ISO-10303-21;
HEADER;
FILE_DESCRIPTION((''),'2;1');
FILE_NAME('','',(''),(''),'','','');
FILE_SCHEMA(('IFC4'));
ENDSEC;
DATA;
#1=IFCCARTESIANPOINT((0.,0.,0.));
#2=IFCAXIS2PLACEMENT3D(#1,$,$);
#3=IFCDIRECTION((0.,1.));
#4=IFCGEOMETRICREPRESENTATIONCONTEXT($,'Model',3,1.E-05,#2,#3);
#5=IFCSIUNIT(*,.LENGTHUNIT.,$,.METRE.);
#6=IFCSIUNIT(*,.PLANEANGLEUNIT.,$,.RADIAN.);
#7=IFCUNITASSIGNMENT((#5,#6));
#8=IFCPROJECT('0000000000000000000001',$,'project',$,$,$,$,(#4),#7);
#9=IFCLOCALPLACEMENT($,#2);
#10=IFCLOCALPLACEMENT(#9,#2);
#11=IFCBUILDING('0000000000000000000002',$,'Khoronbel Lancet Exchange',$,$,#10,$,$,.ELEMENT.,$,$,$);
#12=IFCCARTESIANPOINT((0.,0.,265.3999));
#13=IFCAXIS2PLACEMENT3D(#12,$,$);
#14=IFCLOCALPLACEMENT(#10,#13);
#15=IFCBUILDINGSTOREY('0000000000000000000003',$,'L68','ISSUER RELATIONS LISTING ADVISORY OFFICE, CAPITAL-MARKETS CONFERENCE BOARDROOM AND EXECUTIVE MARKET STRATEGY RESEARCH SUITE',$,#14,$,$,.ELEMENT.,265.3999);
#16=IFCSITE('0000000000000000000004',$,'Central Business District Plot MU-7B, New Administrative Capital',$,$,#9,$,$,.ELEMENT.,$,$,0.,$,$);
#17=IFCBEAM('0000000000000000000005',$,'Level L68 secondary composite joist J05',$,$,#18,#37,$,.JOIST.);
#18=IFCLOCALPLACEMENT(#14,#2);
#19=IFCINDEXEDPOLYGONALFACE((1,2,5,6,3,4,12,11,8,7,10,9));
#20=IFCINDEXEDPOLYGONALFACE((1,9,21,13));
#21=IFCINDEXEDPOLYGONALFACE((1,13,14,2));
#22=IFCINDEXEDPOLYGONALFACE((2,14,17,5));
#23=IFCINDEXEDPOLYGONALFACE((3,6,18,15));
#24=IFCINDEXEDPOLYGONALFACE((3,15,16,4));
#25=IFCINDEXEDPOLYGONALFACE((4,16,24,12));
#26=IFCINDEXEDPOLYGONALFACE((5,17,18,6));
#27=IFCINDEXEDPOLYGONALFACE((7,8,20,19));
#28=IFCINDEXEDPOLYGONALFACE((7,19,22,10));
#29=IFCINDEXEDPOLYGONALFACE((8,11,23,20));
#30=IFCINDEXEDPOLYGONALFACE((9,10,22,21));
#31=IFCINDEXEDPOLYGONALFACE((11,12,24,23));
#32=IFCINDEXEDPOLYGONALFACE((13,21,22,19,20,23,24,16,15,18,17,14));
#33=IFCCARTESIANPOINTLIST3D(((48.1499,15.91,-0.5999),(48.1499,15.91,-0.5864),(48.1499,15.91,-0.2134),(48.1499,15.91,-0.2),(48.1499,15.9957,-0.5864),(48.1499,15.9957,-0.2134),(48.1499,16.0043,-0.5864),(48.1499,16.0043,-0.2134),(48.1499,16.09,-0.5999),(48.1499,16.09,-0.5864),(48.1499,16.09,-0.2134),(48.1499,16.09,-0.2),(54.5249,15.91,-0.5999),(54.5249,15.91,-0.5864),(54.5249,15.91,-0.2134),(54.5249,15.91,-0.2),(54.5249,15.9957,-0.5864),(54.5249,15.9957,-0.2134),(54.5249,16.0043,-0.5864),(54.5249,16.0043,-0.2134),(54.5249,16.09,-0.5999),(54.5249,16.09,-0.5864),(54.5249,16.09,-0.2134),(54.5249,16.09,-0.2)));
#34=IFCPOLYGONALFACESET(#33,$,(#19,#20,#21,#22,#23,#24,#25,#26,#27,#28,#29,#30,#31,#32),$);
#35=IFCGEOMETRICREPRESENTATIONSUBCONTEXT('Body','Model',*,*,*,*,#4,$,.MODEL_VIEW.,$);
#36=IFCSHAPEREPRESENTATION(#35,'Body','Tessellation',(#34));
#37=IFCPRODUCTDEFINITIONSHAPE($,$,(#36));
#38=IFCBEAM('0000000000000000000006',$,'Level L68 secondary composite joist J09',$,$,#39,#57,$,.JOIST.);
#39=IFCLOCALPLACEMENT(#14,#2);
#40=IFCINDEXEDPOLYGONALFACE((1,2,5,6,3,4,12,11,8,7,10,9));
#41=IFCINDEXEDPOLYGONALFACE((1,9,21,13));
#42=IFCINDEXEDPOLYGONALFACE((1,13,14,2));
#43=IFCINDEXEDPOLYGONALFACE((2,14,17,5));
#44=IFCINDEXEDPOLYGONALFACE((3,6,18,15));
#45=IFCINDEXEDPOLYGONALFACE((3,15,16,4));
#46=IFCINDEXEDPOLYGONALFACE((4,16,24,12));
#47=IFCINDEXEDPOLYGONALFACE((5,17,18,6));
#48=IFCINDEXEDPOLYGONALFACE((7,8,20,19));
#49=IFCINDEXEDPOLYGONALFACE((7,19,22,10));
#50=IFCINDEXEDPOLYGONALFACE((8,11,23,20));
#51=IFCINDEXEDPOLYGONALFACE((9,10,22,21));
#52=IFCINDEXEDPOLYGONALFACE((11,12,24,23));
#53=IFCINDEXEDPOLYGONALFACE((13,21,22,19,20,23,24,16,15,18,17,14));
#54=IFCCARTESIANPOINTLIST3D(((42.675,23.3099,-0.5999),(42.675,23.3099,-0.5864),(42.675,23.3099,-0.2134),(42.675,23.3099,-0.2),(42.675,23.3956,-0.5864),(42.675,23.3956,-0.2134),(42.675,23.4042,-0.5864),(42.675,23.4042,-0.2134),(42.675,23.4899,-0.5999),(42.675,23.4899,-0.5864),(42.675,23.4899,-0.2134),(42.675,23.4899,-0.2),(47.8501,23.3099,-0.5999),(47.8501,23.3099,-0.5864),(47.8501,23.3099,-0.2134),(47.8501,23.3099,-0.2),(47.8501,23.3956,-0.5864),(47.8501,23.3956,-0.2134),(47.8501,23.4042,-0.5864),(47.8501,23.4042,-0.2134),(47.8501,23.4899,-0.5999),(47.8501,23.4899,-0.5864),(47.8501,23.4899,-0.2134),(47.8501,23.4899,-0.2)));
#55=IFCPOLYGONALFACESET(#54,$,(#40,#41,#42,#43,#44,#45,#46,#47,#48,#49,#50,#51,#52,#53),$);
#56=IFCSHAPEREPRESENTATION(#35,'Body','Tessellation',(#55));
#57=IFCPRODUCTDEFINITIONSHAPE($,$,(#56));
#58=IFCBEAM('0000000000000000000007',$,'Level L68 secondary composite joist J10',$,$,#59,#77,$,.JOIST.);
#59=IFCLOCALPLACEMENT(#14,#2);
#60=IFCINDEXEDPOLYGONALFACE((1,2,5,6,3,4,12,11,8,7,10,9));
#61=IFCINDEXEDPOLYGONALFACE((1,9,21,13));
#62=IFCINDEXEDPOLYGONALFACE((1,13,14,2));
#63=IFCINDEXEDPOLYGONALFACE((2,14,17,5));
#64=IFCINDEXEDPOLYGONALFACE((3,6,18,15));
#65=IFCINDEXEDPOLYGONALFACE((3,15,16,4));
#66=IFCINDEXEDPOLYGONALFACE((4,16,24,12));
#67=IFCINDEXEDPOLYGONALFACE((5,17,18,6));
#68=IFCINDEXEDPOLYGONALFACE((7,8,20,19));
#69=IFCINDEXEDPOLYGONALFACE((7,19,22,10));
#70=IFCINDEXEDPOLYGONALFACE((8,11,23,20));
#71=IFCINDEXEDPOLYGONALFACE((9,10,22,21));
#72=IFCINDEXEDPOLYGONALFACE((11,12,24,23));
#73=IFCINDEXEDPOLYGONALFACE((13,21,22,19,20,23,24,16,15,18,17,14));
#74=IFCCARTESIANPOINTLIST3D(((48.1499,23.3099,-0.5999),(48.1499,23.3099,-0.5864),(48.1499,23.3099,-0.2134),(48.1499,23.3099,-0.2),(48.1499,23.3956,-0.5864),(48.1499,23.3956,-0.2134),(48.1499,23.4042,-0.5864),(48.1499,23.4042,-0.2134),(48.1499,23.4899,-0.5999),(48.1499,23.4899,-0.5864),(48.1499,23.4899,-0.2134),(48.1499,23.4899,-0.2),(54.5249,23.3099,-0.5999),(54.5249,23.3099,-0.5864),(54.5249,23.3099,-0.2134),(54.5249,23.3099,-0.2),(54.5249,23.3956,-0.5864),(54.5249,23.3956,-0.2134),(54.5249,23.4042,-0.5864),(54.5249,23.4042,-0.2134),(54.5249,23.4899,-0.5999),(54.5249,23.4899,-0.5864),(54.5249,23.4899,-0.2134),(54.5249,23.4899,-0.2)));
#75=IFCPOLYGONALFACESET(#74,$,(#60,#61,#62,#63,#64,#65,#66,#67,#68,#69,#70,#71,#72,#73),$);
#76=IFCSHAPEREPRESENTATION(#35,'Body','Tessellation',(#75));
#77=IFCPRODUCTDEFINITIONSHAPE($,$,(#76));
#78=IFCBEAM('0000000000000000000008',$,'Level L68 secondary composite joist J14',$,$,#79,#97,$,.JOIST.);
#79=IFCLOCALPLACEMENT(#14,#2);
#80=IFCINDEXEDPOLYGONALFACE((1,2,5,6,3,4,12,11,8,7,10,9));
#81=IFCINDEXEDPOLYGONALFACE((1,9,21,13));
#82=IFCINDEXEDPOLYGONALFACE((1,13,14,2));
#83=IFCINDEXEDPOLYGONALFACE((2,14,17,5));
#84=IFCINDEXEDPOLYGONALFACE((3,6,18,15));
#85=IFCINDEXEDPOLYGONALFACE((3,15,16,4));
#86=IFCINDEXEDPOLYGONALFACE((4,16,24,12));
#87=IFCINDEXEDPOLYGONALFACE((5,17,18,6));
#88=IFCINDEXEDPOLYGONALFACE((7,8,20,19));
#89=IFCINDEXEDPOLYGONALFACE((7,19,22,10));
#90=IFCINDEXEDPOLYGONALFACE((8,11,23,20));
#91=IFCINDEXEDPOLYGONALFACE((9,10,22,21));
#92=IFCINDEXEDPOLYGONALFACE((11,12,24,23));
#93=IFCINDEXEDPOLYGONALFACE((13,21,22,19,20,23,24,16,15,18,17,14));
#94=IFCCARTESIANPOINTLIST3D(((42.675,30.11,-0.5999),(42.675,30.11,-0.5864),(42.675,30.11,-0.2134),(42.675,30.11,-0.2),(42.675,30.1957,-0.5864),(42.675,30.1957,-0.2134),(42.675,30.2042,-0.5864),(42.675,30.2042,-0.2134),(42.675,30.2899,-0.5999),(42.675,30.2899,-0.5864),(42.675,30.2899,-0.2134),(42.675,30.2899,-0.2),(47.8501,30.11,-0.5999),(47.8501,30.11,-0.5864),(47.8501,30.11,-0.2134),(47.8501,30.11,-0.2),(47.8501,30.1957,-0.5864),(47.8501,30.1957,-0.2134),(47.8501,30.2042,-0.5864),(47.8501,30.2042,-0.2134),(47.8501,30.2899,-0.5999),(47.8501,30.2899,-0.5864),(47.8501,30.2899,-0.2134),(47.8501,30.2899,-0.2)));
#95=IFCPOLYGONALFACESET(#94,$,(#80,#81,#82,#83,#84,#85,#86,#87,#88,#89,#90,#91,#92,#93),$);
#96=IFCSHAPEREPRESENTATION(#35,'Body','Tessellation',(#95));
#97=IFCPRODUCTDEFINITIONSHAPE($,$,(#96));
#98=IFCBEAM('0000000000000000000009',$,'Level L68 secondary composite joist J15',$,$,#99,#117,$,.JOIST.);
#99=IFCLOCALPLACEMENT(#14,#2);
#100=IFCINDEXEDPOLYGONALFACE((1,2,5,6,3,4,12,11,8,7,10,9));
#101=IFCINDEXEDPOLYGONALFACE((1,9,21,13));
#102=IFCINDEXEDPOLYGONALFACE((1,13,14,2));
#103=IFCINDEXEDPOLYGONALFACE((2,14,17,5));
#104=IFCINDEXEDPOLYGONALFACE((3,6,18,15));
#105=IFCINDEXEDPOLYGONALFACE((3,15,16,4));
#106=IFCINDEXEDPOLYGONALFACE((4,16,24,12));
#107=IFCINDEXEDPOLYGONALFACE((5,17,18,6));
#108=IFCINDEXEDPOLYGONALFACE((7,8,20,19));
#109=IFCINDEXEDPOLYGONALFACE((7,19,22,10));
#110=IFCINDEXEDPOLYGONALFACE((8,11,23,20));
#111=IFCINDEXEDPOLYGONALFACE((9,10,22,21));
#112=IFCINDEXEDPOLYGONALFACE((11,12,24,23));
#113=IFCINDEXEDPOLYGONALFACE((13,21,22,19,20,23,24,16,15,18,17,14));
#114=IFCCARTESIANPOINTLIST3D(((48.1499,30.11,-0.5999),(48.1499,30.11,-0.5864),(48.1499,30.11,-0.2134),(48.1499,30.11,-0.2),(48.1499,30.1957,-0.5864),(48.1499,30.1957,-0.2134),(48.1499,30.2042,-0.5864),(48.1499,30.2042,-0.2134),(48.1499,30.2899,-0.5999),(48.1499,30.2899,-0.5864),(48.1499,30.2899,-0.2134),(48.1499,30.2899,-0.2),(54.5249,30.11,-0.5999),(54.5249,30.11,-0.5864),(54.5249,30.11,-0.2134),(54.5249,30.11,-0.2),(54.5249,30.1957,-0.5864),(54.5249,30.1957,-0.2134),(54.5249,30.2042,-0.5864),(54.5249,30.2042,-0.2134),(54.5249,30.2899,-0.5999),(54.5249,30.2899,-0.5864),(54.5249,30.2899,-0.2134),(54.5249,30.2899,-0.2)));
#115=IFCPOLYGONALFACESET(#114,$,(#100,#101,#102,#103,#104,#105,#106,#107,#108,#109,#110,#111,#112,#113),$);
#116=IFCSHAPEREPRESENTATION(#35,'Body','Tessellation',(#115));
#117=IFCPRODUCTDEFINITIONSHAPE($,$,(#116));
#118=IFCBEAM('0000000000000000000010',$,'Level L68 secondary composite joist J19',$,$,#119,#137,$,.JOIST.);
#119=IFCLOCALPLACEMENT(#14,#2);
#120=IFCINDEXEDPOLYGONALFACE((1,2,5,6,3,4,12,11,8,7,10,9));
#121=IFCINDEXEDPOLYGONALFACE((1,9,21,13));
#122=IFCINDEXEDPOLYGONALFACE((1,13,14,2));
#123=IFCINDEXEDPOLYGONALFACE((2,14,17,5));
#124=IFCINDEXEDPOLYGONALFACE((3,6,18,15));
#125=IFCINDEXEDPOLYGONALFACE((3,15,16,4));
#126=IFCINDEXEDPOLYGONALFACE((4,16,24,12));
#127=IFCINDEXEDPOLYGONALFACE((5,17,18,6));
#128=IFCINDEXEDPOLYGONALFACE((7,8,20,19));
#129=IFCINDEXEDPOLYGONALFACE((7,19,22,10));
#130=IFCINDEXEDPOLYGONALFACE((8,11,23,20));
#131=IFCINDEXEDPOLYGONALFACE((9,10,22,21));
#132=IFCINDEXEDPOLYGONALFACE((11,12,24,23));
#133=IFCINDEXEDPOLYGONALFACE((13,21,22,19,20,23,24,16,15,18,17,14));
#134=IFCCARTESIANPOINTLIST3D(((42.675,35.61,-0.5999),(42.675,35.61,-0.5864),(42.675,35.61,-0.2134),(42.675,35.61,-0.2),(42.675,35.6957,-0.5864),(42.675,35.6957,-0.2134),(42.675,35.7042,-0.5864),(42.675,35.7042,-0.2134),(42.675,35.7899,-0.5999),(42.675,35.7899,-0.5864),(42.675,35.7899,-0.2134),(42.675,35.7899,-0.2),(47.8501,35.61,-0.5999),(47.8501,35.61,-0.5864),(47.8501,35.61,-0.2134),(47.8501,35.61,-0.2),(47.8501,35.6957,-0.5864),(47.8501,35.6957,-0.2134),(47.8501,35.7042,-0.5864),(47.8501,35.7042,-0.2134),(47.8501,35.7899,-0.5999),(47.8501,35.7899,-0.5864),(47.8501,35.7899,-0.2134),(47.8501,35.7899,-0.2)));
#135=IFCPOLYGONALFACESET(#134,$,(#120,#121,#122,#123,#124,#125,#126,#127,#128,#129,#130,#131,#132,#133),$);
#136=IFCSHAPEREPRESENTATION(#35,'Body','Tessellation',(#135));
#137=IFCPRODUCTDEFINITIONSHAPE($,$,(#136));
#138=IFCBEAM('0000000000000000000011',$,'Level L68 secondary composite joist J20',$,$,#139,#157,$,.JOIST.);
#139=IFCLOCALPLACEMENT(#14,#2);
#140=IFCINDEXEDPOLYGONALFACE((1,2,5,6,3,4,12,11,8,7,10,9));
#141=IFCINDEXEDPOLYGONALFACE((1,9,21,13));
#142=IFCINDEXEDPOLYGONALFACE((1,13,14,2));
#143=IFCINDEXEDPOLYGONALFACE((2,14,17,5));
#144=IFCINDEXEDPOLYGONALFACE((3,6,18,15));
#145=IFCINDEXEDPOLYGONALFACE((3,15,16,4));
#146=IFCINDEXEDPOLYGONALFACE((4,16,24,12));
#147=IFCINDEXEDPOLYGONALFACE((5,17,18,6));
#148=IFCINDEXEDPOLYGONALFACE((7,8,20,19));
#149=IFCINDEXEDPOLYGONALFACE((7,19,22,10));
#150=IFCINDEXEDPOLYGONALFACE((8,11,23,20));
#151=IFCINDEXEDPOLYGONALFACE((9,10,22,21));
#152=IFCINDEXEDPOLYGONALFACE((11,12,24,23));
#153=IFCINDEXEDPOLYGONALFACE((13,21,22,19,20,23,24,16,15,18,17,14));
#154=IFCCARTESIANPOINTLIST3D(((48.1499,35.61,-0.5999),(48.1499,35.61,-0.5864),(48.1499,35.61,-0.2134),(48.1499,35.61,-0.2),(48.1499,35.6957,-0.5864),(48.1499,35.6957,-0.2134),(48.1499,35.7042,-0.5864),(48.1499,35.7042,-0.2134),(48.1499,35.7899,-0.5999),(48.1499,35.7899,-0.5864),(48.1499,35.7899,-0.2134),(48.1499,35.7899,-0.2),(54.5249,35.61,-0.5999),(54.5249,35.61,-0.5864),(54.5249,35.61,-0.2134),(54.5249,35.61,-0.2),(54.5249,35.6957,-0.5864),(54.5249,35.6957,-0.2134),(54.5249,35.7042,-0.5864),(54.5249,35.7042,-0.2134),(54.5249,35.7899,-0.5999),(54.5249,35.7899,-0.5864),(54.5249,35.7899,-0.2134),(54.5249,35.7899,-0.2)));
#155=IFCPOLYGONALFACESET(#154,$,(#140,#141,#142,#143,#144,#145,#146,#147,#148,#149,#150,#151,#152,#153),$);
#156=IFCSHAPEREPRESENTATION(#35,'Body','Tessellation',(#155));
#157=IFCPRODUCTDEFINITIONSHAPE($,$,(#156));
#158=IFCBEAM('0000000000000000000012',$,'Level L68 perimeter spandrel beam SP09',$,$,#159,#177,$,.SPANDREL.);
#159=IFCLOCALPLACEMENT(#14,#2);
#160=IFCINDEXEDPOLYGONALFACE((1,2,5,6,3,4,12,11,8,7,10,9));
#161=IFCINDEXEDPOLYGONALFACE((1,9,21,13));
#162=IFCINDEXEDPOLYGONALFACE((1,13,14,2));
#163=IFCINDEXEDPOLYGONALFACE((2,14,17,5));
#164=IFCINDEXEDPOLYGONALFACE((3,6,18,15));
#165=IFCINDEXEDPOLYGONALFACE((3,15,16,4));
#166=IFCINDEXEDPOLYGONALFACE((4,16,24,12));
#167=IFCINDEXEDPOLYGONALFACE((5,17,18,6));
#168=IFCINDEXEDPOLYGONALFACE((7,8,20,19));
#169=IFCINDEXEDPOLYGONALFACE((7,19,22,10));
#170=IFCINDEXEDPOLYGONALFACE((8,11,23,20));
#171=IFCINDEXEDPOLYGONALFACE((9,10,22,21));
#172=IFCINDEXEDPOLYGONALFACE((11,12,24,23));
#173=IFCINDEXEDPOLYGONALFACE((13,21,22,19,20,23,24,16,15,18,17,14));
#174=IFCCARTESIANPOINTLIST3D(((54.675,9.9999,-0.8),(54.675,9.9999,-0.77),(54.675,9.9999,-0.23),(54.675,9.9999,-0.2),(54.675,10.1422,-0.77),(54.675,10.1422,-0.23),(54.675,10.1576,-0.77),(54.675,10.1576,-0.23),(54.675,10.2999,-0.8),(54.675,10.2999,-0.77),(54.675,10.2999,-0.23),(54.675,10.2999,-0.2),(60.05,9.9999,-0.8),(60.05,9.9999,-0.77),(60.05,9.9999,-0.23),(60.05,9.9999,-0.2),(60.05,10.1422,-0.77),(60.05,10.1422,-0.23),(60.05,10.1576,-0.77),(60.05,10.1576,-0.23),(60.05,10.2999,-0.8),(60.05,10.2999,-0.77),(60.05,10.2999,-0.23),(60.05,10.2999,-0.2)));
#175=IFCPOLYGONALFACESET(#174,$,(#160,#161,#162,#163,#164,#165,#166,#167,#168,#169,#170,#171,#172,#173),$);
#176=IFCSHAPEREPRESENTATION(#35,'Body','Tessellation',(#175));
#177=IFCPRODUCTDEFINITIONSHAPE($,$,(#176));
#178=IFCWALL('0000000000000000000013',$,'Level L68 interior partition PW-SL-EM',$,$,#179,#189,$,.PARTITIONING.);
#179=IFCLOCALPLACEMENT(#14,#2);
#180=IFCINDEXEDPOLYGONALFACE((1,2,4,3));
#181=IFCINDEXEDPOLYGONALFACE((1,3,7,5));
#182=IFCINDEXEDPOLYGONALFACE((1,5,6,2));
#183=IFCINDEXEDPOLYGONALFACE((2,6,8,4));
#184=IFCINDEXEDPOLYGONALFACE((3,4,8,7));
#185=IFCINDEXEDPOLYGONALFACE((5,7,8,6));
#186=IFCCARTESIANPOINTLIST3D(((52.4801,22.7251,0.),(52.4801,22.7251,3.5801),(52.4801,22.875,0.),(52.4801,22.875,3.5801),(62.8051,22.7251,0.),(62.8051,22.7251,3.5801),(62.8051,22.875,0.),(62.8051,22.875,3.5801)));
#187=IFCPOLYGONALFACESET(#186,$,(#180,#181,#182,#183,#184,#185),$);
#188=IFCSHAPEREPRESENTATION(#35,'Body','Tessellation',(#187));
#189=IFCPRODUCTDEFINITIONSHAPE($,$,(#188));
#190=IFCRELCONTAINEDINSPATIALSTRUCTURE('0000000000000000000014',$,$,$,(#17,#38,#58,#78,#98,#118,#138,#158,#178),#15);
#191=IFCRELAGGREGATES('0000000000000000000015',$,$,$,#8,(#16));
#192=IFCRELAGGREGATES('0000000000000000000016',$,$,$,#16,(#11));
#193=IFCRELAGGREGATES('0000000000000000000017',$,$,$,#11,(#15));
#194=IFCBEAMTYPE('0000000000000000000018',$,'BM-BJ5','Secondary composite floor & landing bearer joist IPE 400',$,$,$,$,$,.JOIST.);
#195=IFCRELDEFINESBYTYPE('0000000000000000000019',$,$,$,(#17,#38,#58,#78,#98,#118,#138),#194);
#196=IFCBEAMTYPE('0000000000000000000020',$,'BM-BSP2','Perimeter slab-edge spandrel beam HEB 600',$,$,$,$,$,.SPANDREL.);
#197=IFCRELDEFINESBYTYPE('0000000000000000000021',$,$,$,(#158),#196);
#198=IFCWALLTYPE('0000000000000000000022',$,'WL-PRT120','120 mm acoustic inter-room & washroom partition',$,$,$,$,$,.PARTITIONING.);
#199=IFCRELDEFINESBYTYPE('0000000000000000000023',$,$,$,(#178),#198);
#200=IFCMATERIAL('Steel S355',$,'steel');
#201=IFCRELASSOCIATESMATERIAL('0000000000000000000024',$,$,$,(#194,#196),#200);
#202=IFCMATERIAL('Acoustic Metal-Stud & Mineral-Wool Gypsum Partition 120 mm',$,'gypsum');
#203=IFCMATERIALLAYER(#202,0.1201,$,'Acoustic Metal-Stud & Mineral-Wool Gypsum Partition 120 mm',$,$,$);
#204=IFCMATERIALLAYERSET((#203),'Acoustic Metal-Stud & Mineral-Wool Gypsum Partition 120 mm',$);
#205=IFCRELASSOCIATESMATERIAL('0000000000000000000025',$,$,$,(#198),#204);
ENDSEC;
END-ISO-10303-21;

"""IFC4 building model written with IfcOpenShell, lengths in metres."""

from ifc_helpers import new_model, si_unit, direction, frame, frame_2d, origin, origin_2d, place, context, subcontext, project, spatial, rectangle, i_section, extrude, material, layer, layer_set, material_profile, profile_set, type_object, element, save


model = new_model("IFC4")

# Units and contexts
model_context = context("Model", 3, precision=1e-05, world=origin(), true_north=direction((0.0, 1.0)))
body_context = subcontext(model_context, "Body", "Model", "MODEL_VIEW")
ifc_project = project(units=[si_unit("LENGTHUNIT", "METRE"), si_unit("PLANEANGLEUNIT", "RADIAN")], contexts=[model_context])

# Site, building, storey
site_placement = place(None, origin())
site = spatial("IfcSite", under=ifc_project, at=site_placement, Name="Central Business District Plot MU-7B, New Administrative Capital", CompositionType="ELEMENT", RefElevation=0.0)
building_placement = place(site_placement, origin())
building = spatial("IfcBuilding", under=site, at=building_placement, Name="Khoronbel Lancet Exchange", CompositionType="ELEMENT")
storey_placement = place(building_placement, frame((0.0, 0.0, 265.3999)))
storey = spatial("IfcBuildingStorey", under=building, at=storey_placement, Name="L68", Description="ISSUER RELATIONS LISTING ADVISORY OFFICE, CAPITAL-MARKETS CONFERENCE BOARDROOM AND EXECUTIVE MARKET STRATEGY RESEARCH SUITE", CompositionType="ELEMENT", Elevation=265.3999)

# Shared definitions
ifc_material_1 = material(Name="Steel S355", Category="steel")

# Beams
ifc_material_profile_1 = material_profile(ifc_material_1, i_section(OverallWidth=0.1799, OverallDepth=0.3999, WebThickness=0.0085, FlangeThickness=0.0134, at=origin_2d()), Name="IPE 400")
ifc_profile_set_1 = profile_set([ifc_material_profile_1], Name="Steel S355")
beam_type_1 = type_object("IfcBeamType", Name="BM-BJ5", Description="Secondary composite floor & landing bearer joist IPE 400", PredefinedType="JOIST", material=ifc_profile_set_1)
beam_1_placement = place(storey_placement, frame((48.1499, 16.0, -0.3999), z_axis=(1.0, 0.0, 0.0), x_axis=(0.0, 1.0, 0.0)))
element("IfcBeam", 1, at=beam_1_placement, inside=storey, type_object=beam_type_1, Name="Level L68 secondary composite joist J05", PredefinedType="JOIST", context=body_context, shape_type="SweptSolid", body=[
    extrude(i_section(OverallWidth=0.1799, OverallDepth=0.3999, WebThickness=0.0085, FlangeThickness=0.0134, at=origin_2d()), origin(), (0.0, 0.0, 1.0), 6.375),
])
beam_2_placement = place(storey_placement, frame((42.675, 23.3999, -0.3999), z_axis=(1.0, 0.0, 0.0), x_axis=(0.0, 1.0, 0.0)))
element("IfcBeam", 2, at=beam_2_placement, inside=storey, type_object=beam_type_1, Name="Level L68 secondary composite joist J09", PredefinedType="JOIST", context=body_context, shape_type="SweptSolid", body=[
    extrude(i_section(OverallWidth=0.1799, OverallDepth=0.3999, WebThickness=0.0085, FlangeThickness=0.0134, at=origin_2d()), origin(), (0.0, 0.0, 1.0), 5.175),
])
beam_3_placement = place(storey_placement, frame((48.1499, 23.3999, -0.3999), z_axis=(1.0, 0.0, 0.0), x_axis=(0.0, 1.0, 0.0)))
element("IfcBeam", 3, at=beam_3_placement, inside=storey, type_object=beam_type_1, Name="Level L68 secondary composite joist J10", PredefinedType="JOIST", context=body_context, shape_type="SweptSolid", body=[
    extrude(i_section(OverallWidth=0.1799, OverallDepth=0.3999, WebThickness=0.0085, FlangeThickness=0.0134, at=origin_2d()), origin(), (0.0, 0.0, 1.0), 6.375),
])
beam_4_placement = place(storey_placement, frame((42.675, 30.2, -0.3999), z_axis=(1.0, 0.0, 0.0), x_axis=(0.0, 1.0, 0.0)))
element("IfcBeam", 4, at=beam_4_placement, inside=storey, type_object=beam_type_1, Name="Level L68 secondary composite joist J14", PredefinedType="JOIST", context=body_context, shape_type="SweptSolid", body=[
    extrude(i_section(OverallWidth=0.1799, OverallDepth=0.3999, WebThickness=0.0085, FlangeThickness=0.0134, at=origin_2d()), origin(), (0.0, 0.0, 1.0), 5.175),
])
beam_5_placement = place(storey_placement, frame((48.1499, 30.2, -0.3999), z_axis=(1.0, 0.0, 0.0), x_axis=(0.0, 1.0, 0.0)))
element("IfcBeam", 5, at=beam_5_placement, inside=storey, type_object=beam_type_1, Name="Level L68 secondary composite joist J15", PredefinedType="JOIST", context=body_context, shape_type="SweptSolid", body=[
    extrude(i_section(OverallWidth=0.1799, OverallDepth=0.3999, WebThickness=0.0085, FlangeThickness=0.0134, at=origin_2d()), origin(), (0.0, 0.0, 1.0), 6.375),
])
beam_6_placement = place(storey_placement, frame((42.675, 35.7, -0.3999), z_axis=(1.0, 0.0, 0.0), x_axis=(0.0, 1.0, 0.0)))
element("IfcBeam", 6, at=beam_6_placement, inside=storey, type_object=beam_type_1, Name="Level L68 secondary composite joist J19", PredefinedType="JOIST", context=body_context, shape_type="SweptSolid", body=[
    extrude(i_section(OverallWidth=0.1799, OverallDepth=0.3999, WebThickness=0.0085, FlangeThickness=0.0134, at=origin_2d()), origin(), (0.0, 0.0, 1.0), 5.175),
])
beam_7_placement = place(storey_placement, frame((48.1499, 35.7, -0.3999), z_axis=(1.0, 0.0, 0.0), x_axis=(0.0, 1.0, 0.0)))
element("IfcBeam", 7, at=beam_7_placement, inside=storey, type_object=beam_type_1, Name="Level L68 secondary composite joist J20", PredefinedType="JOIST", context=body_context, shape_type="SweptSolid", body=[
    extrude(i_section(OverallWidth=0.1799, OverallDepth=0.3999, WebThickness=0.0085, FlangeThickness=0.0134, at=origin_2d()), origin(), (0.0, 0.0, 1.0), 6.375),
])
ifc_material_profile_2 = material_profile(ifc_material_1, i_section(OverallWidth=0.3, OverallDepth=0.6001, WebThickness=0.0154, FlangeThickness=0.03, at=origin_2d()), Name="HEB 600")
ifc_profile_set_2 = profile_set([ifc_material_profile_2], Name="Steel S355")
beam_type_2 = type_object("IfcBeamType", Name="BM-BSP2", Description="Perimeter slab-edge spandrel beam HEB 600", PredefinedType="SPANDREL", material=ifc_profile_set_2)
beam_8_placement = place(storey_placement, frame((54.675, 10.1499, -0.5), z_axis=(1.0, 0.0, 0.0), x_axis=(0.0, 1.0, 0.0)))
element("IfcBeam", 8, at=beam_8_placement, inside=storey, type_object=beam_type_2, Name="Level L68 perimeter spandrel beam SP09", PredefinedType="SPANDREL", context=body_context, shape_type="SweptSolid", body=[
    extrude(i_section(OverallWidth=0.3, OverallDepth=0.6001, WebThickness=0.0154, FlangeThickness=0.03, at=origin_2d()), origin(), (0.0, 0.0, 1.0), 5.375),
])

# Wall
ifc_material_2 = material(Name="Acoustic Metal-Stud & Mineral-Wool Gypsum Partition 120 mm", Category="gypsum")
ifc_layer_1 = layer(ifc_material_2, 0.1201, Name="Acoustic Metal-Stud & Mineral-Wool Gypsum Partition 120 mm")
ifc_layer_set_1 = layer_set([ifc_layer_1], Name="Acoustic Metal-Stud & Mineral-Wool Gypsum Partition 120 mm")
wall_type_1 = type_object("IfcWallType", Name="WL-PRT120", Description="120 mm acoustic inter-room & washroom partition", PredefinedType="PARTITIONING", material=ifc_layer_set_1)
wall_1_placement = place(storey_placement, frame((52.48, 22.8, 0.0), z_axis=(0.0, 0.0, 1.0), x_axis=(1.0, 0.0, 0.0)))
element("IfcWall", 9, at=wall_1_placement, inside=storey, type_object=wall_type_1, Name="Level L68 interior partition PW-SL-EM", PredefinedType="PARTITIONING", context=body_context, shape_type="SweptSolid", body=[
    extrude(rectangle(XDim=10.325, YDim=0.1499, at=frame_2d((5.1626, 0.0))), origin(), (0.0, 0.0, 1.0), 3.5801),
])

save(model, "model.ifc")
